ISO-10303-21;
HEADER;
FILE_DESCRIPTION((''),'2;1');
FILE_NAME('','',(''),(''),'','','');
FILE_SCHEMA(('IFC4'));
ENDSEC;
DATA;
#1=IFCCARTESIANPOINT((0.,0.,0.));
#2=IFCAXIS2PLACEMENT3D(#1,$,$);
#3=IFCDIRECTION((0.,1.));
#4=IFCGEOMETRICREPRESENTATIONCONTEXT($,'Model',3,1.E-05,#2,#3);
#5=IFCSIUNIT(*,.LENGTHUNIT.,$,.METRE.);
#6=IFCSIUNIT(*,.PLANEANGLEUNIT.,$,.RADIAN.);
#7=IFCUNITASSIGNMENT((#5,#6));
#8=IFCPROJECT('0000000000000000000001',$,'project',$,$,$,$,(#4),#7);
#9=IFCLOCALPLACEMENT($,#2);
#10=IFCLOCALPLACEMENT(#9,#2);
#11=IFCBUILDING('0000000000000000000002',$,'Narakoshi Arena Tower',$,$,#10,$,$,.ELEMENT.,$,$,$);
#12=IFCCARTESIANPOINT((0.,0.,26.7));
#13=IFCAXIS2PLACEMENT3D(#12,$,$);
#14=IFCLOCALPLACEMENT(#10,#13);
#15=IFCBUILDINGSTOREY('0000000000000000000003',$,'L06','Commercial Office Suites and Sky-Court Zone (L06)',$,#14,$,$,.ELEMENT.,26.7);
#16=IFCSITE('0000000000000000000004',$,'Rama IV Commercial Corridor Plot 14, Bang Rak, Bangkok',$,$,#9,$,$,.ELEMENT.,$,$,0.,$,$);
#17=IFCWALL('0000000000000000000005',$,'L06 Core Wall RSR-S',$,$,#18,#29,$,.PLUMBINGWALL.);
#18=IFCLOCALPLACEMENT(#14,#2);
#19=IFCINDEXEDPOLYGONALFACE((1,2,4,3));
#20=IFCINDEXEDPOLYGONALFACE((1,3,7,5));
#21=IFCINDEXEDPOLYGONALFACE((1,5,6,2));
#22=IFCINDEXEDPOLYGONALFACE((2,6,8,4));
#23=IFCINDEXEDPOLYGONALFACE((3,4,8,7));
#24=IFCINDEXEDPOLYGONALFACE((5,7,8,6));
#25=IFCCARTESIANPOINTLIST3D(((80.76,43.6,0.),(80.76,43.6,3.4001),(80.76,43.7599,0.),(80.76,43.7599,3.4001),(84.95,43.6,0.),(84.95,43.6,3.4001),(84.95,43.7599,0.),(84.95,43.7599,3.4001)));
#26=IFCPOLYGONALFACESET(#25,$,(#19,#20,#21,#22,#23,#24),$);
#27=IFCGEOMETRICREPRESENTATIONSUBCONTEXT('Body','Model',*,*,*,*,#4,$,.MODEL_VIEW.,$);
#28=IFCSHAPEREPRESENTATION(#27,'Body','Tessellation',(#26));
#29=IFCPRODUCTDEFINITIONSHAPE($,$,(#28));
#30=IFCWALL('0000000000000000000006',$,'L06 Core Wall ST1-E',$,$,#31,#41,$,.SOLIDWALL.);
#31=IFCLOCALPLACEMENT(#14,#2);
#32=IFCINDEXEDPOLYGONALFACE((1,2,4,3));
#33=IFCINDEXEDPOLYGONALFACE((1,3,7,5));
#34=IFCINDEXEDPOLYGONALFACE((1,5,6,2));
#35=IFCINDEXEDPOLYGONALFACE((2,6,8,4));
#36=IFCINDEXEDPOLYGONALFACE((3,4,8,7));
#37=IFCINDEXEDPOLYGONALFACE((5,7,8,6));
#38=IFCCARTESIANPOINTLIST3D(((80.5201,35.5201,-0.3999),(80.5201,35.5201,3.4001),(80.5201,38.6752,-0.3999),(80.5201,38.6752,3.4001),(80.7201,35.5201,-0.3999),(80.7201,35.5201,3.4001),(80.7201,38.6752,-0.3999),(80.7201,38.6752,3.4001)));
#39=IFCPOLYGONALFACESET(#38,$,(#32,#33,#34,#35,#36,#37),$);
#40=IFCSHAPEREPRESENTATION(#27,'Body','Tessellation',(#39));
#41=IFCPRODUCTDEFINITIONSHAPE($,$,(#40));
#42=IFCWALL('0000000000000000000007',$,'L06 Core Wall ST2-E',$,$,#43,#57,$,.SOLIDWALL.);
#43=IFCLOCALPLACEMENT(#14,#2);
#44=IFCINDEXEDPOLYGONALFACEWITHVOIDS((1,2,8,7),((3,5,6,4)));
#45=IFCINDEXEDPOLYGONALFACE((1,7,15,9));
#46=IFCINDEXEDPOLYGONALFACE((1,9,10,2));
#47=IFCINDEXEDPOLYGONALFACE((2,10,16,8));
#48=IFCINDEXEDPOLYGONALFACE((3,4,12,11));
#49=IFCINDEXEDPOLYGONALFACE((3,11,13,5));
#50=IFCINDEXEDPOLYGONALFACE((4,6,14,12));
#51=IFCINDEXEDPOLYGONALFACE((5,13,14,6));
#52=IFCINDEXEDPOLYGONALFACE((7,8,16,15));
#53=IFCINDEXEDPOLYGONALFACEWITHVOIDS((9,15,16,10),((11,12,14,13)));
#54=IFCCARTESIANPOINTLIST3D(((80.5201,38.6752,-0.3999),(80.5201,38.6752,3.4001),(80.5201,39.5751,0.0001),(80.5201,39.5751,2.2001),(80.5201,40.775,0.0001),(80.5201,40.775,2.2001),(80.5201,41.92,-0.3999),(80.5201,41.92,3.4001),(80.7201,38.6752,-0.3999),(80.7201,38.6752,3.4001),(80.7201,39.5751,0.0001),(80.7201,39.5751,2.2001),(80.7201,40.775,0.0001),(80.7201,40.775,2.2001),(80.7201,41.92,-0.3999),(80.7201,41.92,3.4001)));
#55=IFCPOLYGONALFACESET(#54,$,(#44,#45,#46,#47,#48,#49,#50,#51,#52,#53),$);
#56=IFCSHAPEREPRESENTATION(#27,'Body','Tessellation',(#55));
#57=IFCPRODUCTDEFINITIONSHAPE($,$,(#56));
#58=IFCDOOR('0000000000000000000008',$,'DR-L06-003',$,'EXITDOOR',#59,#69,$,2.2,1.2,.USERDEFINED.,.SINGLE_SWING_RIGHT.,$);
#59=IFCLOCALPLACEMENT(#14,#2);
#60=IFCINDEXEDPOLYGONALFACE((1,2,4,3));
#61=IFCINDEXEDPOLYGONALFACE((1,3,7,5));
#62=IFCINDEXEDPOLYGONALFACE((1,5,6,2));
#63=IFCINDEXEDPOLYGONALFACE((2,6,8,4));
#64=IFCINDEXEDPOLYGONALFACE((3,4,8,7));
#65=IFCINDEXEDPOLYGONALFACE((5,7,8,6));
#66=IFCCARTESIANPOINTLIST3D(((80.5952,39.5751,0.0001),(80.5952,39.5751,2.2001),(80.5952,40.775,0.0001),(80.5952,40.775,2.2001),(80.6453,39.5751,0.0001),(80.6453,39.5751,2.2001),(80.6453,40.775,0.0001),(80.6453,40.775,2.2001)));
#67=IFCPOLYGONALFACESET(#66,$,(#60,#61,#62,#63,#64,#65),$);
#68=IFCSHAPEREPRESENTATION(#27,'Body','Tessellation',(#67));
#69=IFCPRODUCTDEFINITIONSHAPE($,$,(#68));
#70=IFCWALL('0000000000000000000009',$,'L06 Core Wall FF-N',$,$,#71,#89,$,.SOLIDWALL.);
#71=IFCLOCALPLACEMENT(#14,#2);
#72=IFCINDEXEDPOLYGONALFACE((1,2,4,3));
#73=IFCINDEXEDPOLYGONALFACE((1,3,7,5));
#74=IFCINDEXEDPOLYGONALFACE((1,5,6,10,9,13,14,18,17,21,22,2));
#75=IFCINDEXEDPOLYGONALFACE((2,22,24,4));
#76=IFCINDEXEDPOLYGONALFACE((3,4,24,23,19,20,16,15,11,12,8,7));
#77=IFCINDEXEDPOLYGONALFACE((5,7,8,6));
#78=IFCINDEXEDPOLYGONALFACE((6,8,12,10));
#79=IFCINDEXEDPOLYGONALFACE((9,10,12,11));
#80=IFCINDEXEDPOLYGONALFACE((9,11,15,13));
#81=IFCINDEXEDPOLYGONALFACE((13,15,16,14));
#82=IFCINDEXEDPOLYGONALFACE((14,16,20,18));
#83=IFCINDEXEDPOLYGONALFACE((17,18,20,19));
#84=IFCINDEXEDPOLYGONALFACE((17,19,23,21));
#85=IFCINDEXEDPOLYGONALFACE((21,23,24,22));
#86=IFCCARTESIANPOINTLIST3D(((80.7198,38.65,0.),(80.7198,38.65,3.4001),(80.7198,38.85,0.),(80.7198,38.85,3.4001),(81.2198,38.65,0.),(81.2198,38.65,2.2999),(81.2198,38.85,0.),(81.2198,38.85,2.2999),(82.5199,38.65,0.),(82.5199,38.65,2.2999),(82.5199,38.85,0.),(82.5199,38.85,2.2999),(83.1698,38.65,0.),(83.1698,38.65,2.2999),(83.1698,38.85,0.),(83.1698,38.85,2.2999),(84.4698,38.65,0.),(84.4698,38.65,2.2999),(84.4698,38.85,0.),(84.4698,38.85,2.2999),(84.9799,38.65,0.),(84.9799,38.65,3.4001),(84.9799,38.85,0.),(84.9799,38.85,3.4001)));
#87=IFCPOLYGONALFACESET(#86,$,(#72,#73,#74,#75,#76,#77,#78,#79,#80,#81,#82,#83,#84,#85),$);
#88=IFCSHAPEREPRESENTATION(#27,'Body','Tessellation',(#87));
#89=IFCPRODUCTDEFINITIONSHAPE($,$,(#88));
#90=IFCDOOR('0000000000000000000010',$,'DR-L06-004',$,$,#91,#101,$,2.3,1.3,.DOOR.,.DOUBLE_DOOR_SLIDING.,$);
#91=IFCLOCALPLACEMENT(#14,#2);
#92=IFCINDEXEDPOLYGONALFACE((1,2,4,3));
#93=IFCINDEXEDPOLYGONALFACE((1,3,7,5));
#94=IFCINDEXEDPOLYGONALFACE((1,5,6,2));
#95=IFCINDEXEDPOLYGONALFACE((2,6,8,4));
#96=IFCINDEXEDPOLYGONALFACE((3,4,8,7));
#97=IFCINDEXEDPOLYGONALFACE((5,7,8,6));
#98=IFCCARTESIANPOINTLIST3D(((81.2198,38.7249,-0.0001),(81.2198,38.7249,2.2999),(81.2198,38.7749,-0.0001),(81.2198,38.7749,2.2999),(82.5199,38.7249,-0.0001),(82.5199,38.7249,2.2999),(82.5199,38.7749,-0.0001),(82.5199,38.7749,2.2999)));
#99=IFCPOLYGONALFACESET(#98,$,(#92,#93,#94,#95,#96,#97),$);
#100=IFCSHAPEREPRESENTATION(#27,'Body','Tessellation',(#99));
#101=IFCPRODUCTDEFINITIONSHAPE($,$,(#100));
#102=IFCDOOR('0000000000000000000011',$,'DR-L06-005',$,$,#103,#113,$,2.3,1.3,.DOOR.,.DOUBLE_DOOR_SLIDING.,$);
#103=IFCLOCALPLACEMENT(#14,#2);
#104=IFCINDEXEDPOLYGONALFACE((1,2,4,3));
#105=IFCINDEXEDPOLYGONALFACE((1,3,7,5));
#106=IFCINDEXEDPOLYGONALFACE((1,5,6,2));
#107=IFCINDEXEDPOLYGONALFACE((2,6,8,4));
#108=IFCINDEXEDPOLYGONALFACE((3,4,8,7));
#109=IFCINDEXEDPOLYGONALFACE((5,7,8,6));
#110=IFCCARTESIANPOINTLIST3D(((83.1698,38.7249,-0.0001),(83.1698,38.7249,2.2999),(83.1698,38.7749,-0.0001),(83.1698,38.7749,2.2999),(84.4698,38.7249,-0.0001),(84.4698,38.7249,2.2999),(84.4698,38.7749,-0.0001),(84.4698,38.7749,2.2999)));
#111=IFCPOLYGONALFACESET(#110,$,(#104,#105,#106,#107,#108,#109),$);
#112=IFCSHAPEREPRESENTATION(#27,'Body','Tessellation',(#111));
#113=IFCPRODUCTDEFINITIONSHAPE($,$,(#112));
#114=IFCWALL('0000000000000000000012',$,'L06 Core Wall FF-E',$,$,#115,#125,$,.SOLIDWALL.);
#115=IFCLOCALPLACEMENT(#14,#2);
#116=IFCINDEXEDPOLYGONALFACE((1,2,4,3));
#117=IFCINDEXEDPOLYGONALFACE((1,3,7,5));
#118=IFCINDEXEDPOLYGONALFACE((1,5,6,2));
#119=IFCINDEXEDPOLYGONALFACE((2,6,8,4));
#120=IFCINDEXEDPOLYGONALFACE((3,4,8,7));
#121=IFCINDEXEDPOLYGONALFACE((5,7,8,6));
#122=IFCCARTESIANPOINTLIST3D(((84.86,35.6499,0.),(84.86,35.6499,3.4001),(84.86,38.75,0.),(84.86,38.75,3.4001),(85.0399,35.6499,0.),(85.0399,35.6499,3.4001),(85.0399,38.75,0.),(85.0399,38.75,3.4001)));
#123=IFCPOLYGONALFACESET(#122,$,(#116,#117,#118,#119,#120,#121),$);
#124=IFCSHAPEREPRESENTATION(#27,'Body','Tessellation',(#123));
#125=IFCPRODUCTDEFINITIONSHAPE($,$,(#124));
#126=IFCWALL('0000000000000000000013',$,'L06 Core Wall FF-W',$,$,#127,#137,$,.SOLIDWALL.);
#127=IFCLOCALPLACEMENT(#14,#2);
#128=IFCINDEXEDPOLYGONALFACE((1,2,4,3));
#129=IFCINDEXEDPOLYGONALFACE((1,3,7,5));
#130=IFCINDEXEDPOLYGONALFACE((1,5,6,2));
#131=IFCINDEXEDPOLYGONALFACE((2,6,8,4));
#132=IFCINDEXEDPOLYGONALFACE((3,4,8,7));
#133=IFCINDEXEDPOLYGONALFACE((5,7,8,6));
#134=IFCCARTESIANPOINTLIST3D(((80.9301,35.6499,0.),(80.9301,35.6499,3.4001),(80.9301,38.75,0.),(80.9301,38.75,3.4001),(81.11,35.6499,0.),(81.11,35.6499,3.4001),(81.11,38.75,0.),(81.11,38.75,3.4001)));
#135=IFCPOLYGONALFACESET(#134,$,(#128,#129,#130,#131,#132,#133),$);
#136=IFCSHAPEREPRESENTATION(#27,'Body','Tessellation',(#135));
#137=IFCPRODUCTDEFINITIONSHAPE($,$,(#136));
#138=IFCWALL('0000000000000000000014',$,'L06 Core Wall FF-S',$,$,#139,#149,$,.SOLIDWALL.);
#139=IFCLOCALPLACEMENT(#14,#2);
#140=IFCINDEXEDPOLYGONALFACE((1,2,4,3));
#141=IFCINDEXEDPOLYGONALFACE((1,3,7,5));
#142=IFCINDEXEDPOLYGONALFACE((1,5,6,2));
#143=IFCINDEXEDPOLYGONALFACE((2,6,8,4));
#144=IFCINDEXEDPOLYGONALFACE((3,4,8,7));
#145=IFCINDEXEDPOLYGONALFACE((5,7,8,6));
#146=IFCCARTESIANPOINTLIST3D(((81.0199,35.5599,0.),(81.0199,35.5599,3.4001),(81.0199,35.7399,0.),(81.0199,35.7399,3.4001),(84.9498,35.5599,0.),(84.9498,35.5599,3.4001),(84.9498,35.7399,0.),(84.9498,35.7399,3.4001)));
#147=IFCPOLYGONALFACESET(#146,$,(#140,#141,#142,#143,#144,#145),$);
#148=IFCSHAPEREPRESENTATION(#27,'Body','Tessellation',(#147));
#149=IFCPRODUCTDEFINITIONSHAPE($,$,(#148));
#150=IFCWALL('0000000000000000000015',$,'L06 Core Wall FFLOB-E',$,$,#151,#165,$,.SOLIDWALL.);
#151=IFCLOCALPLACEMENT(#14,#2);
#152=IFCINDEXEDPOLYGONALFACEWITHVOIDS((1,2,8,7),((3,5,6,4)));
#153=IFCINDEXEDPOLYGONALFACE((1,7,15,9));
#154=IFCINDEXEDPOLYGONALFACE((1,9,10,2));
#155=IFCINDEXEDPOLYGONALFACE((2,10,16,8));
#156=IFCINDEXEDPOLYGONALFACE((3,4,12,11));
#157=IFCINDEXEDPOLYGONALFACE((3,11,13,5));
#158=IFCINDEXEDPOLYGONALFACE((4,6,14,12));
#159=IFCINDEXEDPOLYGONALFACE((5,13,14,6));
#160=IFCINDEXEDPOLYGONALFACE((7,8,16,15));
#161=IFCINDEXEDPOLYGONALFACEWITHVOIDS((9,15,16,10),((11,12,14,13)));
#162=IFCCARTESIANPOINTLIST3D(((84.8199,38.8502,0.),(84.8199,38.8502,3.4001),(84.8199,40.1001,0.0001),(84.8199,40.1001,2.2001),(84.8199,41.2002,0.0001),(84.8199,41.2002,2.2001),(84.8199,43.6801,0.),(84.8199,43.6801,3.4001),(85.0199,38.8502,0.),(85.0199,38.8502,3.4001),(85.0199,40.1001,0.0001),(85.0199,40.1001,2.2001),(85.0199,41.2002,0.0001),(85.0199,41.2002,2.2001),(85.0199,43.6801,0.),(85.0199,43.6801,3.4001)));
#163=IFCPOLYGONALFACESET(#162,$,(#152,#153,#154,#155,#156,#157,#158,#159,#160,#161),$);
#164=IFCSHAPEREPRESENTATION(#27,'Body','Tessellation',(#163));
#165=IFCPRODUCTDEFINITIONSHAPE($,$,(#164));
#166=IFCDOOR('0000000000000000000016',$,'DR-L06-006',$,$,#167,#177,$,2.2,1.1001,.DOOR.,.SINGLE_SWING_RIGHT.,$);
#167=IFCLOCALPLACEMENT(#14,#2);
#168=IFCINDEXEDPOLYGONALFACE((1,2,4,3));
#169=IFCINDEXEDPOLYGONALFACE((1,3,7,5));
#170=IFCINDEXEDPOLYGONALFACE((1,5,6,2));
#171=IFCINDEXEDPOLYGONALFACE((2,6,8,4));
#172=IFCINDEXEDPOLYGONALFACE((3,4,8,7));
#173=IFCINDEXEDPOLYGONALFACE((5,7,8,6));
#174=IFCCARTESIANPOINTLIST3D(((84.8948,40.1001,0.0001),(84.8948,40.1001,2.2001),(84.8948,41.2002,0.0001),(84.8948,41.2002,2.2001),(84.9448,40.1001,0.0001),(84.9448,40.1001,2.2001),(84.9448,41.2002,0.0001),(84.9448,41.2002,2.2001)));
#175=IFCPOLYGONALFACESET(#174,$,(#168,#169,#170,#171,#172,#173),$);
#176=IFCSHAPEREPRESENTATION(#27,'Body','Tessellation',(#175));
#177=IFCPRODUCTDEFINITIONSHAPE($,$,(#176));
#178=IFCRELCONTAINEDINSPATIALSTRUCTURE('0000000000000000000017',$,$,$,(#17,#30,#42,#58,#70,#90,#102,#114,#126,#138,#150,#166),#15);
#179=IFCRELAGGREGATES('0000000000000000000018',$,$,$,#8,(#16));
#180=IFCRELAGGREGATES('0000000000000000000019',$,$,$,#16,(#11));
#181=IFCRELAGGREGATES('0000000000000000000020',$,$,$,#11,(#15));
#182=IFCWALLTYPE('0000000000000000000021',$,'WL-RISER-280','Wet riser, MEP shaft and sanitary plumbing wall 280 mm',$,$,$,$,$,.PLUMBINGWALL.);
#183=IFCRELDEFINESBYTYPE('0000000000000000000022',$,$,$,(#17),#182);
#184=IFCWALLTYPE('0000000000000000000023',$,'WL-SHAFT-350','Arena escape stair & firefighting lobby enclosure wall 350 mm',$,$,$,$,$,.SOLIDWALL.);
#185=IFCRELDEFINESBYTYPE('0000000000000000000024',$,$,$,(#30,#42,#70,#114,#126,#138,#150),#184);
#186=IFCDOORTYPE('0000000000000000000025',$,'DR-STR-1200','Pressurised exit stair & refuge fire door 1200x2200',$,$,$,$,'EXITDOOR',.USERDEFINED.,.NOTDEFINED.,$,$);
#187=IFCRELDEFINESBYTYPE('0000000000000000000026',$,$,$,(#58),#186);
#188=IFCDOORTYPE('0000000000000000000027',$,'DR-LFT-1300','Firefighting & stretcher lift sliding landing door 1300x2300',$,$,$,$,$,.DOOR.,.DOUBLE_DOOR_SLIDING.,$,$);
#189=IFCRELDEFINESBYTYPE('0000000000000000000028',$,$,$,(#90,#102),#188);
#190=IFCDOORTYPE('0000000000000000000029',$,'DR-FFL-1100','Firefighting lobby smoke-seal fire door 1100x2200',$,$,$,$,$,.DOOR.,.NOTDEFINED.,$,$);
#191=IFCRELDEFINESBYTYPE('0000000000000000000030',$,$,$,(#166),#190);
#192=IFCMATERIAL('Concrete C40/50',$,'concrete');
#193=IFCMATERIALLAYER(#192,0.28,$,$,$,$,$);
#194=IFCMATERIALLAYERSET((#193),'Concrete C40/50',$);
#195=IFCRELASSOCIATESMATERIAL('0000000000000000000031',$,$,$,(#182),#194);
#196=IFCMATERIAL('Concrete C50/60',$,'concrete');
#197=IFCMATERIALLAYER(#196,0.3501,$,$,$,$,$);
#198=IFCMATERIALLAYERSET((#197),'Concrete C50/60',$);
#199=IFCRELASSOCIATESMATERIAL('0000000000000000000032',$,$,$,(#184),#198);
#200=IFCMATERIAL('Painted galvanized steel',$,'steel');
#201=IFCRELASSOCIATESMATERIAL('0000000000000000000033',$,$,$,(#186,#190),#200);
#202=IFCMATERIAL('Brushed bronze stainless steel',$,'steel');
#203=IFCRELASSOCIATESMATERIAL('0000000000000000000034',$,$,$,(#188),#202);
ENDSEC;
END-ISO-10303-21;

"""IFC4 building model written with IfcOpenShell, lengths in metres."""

from ifc_helpers import new_model, si_unit, direction, frame, frame_2d, origin, place, context, subcontext, project, spatial, rectangle, extrude, material, layer, layer_set, type_object, element, fill, save


model = new_model("IFC4")

# Units and contexts
model_context = context("Model", 3, precision=1e-05, world=origin(), true_north=direction((0.0, 1.0)))
body_context = subcontext(model_context, "Body", "Model", "MODEL_VIEW")
ifc_project = project(units=[si_unit("LENGTHUNIT", "METRE"), si_unit("PLANEANGLEUNIT", "RADIAN")], contexts=[model_context])

# Site, building, storey
site_placement = place(None, origin())
site = spatial("IfcSite", under=ifc_project, at=site_placement, Name="Rama IV Commercial Corridor Plot 14, Bang Rak, Bangkok", CompositionType="ELEMENT", RefElevation=0.0)
building_placement = place(site_placement, origin())
building = spatial("IfcBuilding", under=site, at=building_placement, Name="Narakoshi Arena Tower", CompositionType="ELEMENT")
storey_placement = place(building_placement, frame((0.0, 0.0, 26.7)))
storey = spatial("IfcBuildingStorey", under=building, at=storey_placement, Name="L06", Description="Commercial Office Suites and Sky-Court Zone (L06)", CompositionType="ELEMENT", Elevation=26.7)

# Walls
ifc_material_1 = material(Name="Concrete C40/50", Category="concrete")
ifc_layer_1 = layer(ifc_material_1, 0.28)
ifc_layer_set_1 = layer_set([ifc_layer_1], Name="Concrete C40/50")
wall_type_1 = type_object("IfcWallType", Name="WL-RISER-280", Description="Wet riser, MEP shaft and sanitary plumbing wall 280 mm", PredefinedType="PLUMBINGWALL", material=ifc_layer_set_1)
wall_1_placement = place(storey_placement, frame((80.76, 43.6799, 0.0), z_axis=(0.0, 0.0, 1.0), x_axis=(1.0, 0.0, 0.0)))
element("IfcWall", 1, at=wall_1_placement, inside=storey, type_object=wall_type_1, Name="L06 Core Wall RSR-S", PredefinedType="PLUMBINGWALL", context=body_context, shape_type="SweptSolid", body=[
    extrude(rectangle(XDim=4.1899, YDim=0.1599, at=frame_2d((2.095, 0.0))), origin(), (0.0, 0.0, 1.0), 3.4001),
])
ifc_material_2 = material(Name="Concrete C50/60", Category="concrete")
ifc_layer_2 = layer(ifc_material_2, 0.3501)
ifc_layer_set_2 = layer_set([ifc_layer_2], Name="Concrete C50/60")
wall_type_2 = type_object("IfcWallType", Name="WL-SHAFT-350", Description="Arena escape stair & firefighting lobby enclosure wall 350 mm", PredefinedType="SOLIDWALL", material=ifc_layer_set_2)
wall_2_placement = place(storey_placement, frame((80.6201, 35.52, -0.3999), z_axis=(0.0, 0.0, 1.0), x_axis=(0.0, 1.0, 0.0)))
element("IfcWall", 2, at=wall_2_placement, inside=storey, type_object=wall_type_2, Name="L06 Core Wall ST1-E", PredefinedType="SOLIDWALL", context=body_context, shape_type="SweptSolid", body=[
    extrude(rectangle(XDim=3.155, YDim=0.2, at=frame_2d((1.5776, 0.0))), origin(), (0.0, 0.0, 1.0), 3.8),
])

# Wall, opening, door
wall_3_placement = place(storey_placement, frame((80.6201, 38.675, -0.3999), z_axis=(0.0, 0.0, 1.0), x_axis=(0.0, 1.0, 0.0)))
wall_3 = element("IfcWall", 3, at=wall_3_placement, inside=storey, type_object=wall_type_2, Name="L06 Core Wall ST2-E", PredefinedType="SOLIDWALL", context=body_context, shape_type="SweptSolid", body=[
    extrude(rectangle(XDim=3.2449, YDim=0.2, at=frame_2d((1.6226, 0.0))), origin(), (0.0, 0.0, 1.0), 3.8),
])
opening_1_placement = place(wall_3_placement, frame((0.8999, 0.0, 0.3999)))
opening_1 = element("IfcOpeningElement", 4, at=opening_1_placement, cuts=wall_3, PredefinedType="OPENING", context=body_context, shape_type="SweptSolid", body=[
    extrude(rectangle(XDim=1.2, YDim=2.2, at=frame_2d((0.6001, 1.1001))), frame((0.0, 0.1099, 0.0), z_axis=(0.0, -1.0, 0.0), x_axis=(1.0, 0.0, 0.0)), (0.0, 0.0, 1.0), 0.22),
])
ifc_material_3 = material(Name="Painted galvanized steel", Category="steel")
door_type_1 = type_object("IfcDoorType", Name="DR-STR-1200", Description="Pressurised exit stair & refuge fire door 1200x2200", ElementType="EXITDOOR", OperationType="NOTDEFINED", PredefinedType="USERDEFINED", material=ifc_material_3)
door_1_placement = place(opening_1_placement, origin())
door_1 = element("IfcDoor", 5, at=door_1_placement, inside=storey, type_object=door_type_1, Name="DR-L06-003", ObjectType="EXITDOOR", OperationType="SINGLE_SWING_RIGHT", OverallHeight=2.2, OverallWidth=1.2, PredefinedType="USERDEFINED", context=body_context, shape_type="SweptSolid", body=[
    extrude(rectangle(XDim=1.2, YDim=2.2, at=frame_2d((0.6001, 1.1001))), frame((0.0, 0.0249, 0.0), z_axis=(0.0, -1.0, 0.0), x_axis=(1.0, 0.0, 0.0)), (0.0, 0.0, 1.0), 0.05),
])
fill(opening_1, door_1)

# Wall, openings, doors
wall_4_placement = place(storey_placement, frame((80.72, 38.75, 0.0), z_axis=(0.0, 0.0, 1.0), x_axis=(1.0, 0.0, 0.0)))
wall_4 = element("IfcWall", 6, at=wall_4_placement, inside=storey, type_object=wall_type_2, Name="L06 Core Wall FF-N", PredefinedType="SOLIDWALL", context=body_context, shape_type="SweptSolid", body=[
    extrude(rectangle(XDim=4.26, YDim=0.2, at=frame_2d((2.1299, 0.0))), origin(), (0.0, 0.0, 1.0), 3.4001),
])
opening_2_placement = place(wall_4_placement, frame((0.5, 0.0, 0.0)))
opening_2 = element("IfcOpeningElement", 7, at=opening_2_placement, cuts=wall_4, PredefinedType="OPENING", context=body_context, shape_type="SweptSolid", body=[
    extrude(rectangle(XDim=1.3, YDim=2.3, at=frame_2d((0.6499, 1.1499))), frame((0.0, 0.1099, 0.0), z_axis=(0.0, -1.0, 0.0), x_axis=(1.0, 0.0, 0.0)), (0.0, 0.0, 1.0), 0.22),
])
opening_3_placement = place(wall_4_placement, frame((2.45, 0.0, 0.0)))
opening_3 = element("IfcOpeningElement", 8, at=opening_3_placement, cuts=wall_4, PredefinedType="OPENING", context=body_context, shape_type="SweptSolid", body=[
    extrude(rectangle(XDim=1.3, YDim=2.3, at=frame_2d((0.6499, 1.1499))), frame((0.0, 0.1099, 0.0), z_axis=(0.0, -1.0, 0.0), x_axis=(1.0, 0.0, 0.0)), (0.0, 0.0, 1.0), 0.22),
])
ifc_material_4 = material(Name="Brushed bronze stainless steel", Category="steel")
door_type_2 = type_object("IfcDoorType", Name="DR-LFT-1300", Description="Firefighting & stretcher lift sliding landing door 1300x2300", OperationType="DOUBLE_DOOR_SLIDING", PredefinedType="DOOR", material=ifc_material_4)
door_2_placement = place(opening_2_placement, origin())
door_2 = element("IfcDoor", 9, at=door_2_placement, inside=storey, type_object=door_type_2, Name="DR-L06-004", OperationType="DOUBLE_DOOR_SLIDING", OverallHeight=2.3, OverallWidth=1.3, PredefinedType="DOOR", context=body_context, shape_type="SweptSolid", body=[
    extrude(rectangle(XDim=1.3, YDim=2.3, at=frame_2d((0.6499, 1.1499))), frame((0.0, 0.0249, 0.0), z_axis=(0.0, -1.0, 0.0), x_axis=(1.0, 0.0, 0.0)), (0.0, 0.0, 1.0), 0.05),
])
fill(opening_2, door_2)
door_3_placement = place(opening_3_placement, origin())
door_3 = element("IfcDoor", 10, at=door_3_placement, inside=storey, type_object=door_type_2, Name="DR-L06-005", OperationType="DOUBLE_DOOR_SLIDING", OverallHeight=2.3, OverallWidth=1.3, PredefinedType="DOOR", context=body_context, shape_type="SweptSolid", body=[
    extrude(rectangle(XDim=1.3, YDim=2.3, at=frame_2d((0.6499, 1.1499))), frame((0.0, 0.0249, 0.0), z_axis=(0.0, -1.0, 0.0), x_axis=(1.0, 0.0, 0.0)), (0.0, 0.0, 1.0), 0.05),
])
fill(opening_3, door_3)

# Walls
for number, where, z_axis, x_axis, name in (
    (11, (84.95, 35.6499, 0.0), (0.0, 0.0, 1.0), (0.0, 1.0, 0.0), "L06 Core Wall FF-E"),
    (12, (81.02, 35.6499, 0.0), (0.0, 0.0, 1.0), (0.0, 1.0, 0.0), "L06 Core Wall FF-W"),
):
    element("IfcWall", number, at=place(storey_placement, frame(where, z_axis=z_axis, x_axis=x_axis)), inside=storey, type_object=wall_type_2, Name=name, PredefinedType="SOLIDWALL", context=body_context, shape_type="SweptSolid", body=[
        extrude(rectangle(XDim=3.1001, YDim=0.1799, at=frame_2d((1.55, 0.0))), origin(), (0.0, 0.0, 1.0), 3.4001),
    ])
wall_5_placement = place(storey_placement, frame((81.02, 35.6499, 0.0), z_axis=(0.0, 0.0, 1.0), x_axis=(1.0, 0.0, 0.0)))
element("IfcWall", 13, at=wall_5_placement, inside=storey, type_object=wall_type_2, Name="L06 Core Wall FF-S", PredefinedType="SOLIDWALL", context=body_context, shape_type="SweptSolid", body=[
    extrude(rectangle(XDim=3.9299, YDim=0.1799, at=frame_2d((1.9648, 0.0))), origin(), (0.0, 0.0, 1.0), 3.4001),
])

# Wall, opening, door
wall_6_placement = place(storey_placement, frame((84.9199, 38.8501, 0.0), z_axis=(0.0, 0.0, 1.0), x_axis=(0.0, 1.0, 0.0)))
wall_6 = element("IfcWall", 14, at=wall_6_placement, inside=storey, type_object=wall_type_2, Name="L06 Core Wall FFLOB-E", PredefinedType="SOLIDWALL", context=body_context, shape_type="SweptSolid", body=[
    extrude(rectangle(XDim=4.8298, YDim=0.2, at=frame_2d((2.415, 0.0))), origin(), (0.0, 0.0, 1.0), 3.4001),
])
opening_4_placement = place(wall_6_placement, frame((1.25, 0.0, 0.0)))
opening_4 = element("IfcOpeningElement", 15, at=opening_4_placement, cuts=wall_6, PredefinedType="OPENING", context=body_context, shape_type="SweptSolid", body=[
    extrude(rectangle(XDim=1.1001, YDim=2.2, at=frame_2d((0.55, 1.1001))), frame((0.0, 0.1099, 0.0), z_axis=(0.0, -1.0, 0.0), x_axis=(1.0, 0.0, 0.0)), (0.0, 0.0, 1.0), 0.22),
])
door_type_3 = type_object("IfcDoorType", Name="DR-FFL-1100", Description="Firefighting lobby smoke-seal fire door 1100x2200", OperationType="NOTDEFINED", PredefinedType="DOOR", material=ifc_material_3)
door_4_placement = place(opening_4_placement, frame((1.1001, 0.0, 0.0), z_axis=(0.0, 0.0, 1.0), x_axis=(-1.0, 0.0, 0.0)))
door_4 = element("IfcDoor", 16, at=door_4_placement, inside=storey, type_object=door_type_3, Name="DR-L06-006", OperationType="SINGLE_SWING_RIGHT", OverallHeight=2.2, OverallWidth=1.1001, PredefinedType="DOOR", context=body_context, shape_type="SweptSolid", body=[
    extrude(rectangle(XDim=1.1001, YDim=2.2, at=frame_2d((0.55, 1.1001))), frame((0.0, 0.0249, 0.0), z_axis=(0.0, -1.0, 0.0), x_axis=(1.0, 0.0, 0.0)), (0.0, 0.0, 1.0), 0.05),
])
fill(opening_4, door_4)

save(model, "model.ifc")
